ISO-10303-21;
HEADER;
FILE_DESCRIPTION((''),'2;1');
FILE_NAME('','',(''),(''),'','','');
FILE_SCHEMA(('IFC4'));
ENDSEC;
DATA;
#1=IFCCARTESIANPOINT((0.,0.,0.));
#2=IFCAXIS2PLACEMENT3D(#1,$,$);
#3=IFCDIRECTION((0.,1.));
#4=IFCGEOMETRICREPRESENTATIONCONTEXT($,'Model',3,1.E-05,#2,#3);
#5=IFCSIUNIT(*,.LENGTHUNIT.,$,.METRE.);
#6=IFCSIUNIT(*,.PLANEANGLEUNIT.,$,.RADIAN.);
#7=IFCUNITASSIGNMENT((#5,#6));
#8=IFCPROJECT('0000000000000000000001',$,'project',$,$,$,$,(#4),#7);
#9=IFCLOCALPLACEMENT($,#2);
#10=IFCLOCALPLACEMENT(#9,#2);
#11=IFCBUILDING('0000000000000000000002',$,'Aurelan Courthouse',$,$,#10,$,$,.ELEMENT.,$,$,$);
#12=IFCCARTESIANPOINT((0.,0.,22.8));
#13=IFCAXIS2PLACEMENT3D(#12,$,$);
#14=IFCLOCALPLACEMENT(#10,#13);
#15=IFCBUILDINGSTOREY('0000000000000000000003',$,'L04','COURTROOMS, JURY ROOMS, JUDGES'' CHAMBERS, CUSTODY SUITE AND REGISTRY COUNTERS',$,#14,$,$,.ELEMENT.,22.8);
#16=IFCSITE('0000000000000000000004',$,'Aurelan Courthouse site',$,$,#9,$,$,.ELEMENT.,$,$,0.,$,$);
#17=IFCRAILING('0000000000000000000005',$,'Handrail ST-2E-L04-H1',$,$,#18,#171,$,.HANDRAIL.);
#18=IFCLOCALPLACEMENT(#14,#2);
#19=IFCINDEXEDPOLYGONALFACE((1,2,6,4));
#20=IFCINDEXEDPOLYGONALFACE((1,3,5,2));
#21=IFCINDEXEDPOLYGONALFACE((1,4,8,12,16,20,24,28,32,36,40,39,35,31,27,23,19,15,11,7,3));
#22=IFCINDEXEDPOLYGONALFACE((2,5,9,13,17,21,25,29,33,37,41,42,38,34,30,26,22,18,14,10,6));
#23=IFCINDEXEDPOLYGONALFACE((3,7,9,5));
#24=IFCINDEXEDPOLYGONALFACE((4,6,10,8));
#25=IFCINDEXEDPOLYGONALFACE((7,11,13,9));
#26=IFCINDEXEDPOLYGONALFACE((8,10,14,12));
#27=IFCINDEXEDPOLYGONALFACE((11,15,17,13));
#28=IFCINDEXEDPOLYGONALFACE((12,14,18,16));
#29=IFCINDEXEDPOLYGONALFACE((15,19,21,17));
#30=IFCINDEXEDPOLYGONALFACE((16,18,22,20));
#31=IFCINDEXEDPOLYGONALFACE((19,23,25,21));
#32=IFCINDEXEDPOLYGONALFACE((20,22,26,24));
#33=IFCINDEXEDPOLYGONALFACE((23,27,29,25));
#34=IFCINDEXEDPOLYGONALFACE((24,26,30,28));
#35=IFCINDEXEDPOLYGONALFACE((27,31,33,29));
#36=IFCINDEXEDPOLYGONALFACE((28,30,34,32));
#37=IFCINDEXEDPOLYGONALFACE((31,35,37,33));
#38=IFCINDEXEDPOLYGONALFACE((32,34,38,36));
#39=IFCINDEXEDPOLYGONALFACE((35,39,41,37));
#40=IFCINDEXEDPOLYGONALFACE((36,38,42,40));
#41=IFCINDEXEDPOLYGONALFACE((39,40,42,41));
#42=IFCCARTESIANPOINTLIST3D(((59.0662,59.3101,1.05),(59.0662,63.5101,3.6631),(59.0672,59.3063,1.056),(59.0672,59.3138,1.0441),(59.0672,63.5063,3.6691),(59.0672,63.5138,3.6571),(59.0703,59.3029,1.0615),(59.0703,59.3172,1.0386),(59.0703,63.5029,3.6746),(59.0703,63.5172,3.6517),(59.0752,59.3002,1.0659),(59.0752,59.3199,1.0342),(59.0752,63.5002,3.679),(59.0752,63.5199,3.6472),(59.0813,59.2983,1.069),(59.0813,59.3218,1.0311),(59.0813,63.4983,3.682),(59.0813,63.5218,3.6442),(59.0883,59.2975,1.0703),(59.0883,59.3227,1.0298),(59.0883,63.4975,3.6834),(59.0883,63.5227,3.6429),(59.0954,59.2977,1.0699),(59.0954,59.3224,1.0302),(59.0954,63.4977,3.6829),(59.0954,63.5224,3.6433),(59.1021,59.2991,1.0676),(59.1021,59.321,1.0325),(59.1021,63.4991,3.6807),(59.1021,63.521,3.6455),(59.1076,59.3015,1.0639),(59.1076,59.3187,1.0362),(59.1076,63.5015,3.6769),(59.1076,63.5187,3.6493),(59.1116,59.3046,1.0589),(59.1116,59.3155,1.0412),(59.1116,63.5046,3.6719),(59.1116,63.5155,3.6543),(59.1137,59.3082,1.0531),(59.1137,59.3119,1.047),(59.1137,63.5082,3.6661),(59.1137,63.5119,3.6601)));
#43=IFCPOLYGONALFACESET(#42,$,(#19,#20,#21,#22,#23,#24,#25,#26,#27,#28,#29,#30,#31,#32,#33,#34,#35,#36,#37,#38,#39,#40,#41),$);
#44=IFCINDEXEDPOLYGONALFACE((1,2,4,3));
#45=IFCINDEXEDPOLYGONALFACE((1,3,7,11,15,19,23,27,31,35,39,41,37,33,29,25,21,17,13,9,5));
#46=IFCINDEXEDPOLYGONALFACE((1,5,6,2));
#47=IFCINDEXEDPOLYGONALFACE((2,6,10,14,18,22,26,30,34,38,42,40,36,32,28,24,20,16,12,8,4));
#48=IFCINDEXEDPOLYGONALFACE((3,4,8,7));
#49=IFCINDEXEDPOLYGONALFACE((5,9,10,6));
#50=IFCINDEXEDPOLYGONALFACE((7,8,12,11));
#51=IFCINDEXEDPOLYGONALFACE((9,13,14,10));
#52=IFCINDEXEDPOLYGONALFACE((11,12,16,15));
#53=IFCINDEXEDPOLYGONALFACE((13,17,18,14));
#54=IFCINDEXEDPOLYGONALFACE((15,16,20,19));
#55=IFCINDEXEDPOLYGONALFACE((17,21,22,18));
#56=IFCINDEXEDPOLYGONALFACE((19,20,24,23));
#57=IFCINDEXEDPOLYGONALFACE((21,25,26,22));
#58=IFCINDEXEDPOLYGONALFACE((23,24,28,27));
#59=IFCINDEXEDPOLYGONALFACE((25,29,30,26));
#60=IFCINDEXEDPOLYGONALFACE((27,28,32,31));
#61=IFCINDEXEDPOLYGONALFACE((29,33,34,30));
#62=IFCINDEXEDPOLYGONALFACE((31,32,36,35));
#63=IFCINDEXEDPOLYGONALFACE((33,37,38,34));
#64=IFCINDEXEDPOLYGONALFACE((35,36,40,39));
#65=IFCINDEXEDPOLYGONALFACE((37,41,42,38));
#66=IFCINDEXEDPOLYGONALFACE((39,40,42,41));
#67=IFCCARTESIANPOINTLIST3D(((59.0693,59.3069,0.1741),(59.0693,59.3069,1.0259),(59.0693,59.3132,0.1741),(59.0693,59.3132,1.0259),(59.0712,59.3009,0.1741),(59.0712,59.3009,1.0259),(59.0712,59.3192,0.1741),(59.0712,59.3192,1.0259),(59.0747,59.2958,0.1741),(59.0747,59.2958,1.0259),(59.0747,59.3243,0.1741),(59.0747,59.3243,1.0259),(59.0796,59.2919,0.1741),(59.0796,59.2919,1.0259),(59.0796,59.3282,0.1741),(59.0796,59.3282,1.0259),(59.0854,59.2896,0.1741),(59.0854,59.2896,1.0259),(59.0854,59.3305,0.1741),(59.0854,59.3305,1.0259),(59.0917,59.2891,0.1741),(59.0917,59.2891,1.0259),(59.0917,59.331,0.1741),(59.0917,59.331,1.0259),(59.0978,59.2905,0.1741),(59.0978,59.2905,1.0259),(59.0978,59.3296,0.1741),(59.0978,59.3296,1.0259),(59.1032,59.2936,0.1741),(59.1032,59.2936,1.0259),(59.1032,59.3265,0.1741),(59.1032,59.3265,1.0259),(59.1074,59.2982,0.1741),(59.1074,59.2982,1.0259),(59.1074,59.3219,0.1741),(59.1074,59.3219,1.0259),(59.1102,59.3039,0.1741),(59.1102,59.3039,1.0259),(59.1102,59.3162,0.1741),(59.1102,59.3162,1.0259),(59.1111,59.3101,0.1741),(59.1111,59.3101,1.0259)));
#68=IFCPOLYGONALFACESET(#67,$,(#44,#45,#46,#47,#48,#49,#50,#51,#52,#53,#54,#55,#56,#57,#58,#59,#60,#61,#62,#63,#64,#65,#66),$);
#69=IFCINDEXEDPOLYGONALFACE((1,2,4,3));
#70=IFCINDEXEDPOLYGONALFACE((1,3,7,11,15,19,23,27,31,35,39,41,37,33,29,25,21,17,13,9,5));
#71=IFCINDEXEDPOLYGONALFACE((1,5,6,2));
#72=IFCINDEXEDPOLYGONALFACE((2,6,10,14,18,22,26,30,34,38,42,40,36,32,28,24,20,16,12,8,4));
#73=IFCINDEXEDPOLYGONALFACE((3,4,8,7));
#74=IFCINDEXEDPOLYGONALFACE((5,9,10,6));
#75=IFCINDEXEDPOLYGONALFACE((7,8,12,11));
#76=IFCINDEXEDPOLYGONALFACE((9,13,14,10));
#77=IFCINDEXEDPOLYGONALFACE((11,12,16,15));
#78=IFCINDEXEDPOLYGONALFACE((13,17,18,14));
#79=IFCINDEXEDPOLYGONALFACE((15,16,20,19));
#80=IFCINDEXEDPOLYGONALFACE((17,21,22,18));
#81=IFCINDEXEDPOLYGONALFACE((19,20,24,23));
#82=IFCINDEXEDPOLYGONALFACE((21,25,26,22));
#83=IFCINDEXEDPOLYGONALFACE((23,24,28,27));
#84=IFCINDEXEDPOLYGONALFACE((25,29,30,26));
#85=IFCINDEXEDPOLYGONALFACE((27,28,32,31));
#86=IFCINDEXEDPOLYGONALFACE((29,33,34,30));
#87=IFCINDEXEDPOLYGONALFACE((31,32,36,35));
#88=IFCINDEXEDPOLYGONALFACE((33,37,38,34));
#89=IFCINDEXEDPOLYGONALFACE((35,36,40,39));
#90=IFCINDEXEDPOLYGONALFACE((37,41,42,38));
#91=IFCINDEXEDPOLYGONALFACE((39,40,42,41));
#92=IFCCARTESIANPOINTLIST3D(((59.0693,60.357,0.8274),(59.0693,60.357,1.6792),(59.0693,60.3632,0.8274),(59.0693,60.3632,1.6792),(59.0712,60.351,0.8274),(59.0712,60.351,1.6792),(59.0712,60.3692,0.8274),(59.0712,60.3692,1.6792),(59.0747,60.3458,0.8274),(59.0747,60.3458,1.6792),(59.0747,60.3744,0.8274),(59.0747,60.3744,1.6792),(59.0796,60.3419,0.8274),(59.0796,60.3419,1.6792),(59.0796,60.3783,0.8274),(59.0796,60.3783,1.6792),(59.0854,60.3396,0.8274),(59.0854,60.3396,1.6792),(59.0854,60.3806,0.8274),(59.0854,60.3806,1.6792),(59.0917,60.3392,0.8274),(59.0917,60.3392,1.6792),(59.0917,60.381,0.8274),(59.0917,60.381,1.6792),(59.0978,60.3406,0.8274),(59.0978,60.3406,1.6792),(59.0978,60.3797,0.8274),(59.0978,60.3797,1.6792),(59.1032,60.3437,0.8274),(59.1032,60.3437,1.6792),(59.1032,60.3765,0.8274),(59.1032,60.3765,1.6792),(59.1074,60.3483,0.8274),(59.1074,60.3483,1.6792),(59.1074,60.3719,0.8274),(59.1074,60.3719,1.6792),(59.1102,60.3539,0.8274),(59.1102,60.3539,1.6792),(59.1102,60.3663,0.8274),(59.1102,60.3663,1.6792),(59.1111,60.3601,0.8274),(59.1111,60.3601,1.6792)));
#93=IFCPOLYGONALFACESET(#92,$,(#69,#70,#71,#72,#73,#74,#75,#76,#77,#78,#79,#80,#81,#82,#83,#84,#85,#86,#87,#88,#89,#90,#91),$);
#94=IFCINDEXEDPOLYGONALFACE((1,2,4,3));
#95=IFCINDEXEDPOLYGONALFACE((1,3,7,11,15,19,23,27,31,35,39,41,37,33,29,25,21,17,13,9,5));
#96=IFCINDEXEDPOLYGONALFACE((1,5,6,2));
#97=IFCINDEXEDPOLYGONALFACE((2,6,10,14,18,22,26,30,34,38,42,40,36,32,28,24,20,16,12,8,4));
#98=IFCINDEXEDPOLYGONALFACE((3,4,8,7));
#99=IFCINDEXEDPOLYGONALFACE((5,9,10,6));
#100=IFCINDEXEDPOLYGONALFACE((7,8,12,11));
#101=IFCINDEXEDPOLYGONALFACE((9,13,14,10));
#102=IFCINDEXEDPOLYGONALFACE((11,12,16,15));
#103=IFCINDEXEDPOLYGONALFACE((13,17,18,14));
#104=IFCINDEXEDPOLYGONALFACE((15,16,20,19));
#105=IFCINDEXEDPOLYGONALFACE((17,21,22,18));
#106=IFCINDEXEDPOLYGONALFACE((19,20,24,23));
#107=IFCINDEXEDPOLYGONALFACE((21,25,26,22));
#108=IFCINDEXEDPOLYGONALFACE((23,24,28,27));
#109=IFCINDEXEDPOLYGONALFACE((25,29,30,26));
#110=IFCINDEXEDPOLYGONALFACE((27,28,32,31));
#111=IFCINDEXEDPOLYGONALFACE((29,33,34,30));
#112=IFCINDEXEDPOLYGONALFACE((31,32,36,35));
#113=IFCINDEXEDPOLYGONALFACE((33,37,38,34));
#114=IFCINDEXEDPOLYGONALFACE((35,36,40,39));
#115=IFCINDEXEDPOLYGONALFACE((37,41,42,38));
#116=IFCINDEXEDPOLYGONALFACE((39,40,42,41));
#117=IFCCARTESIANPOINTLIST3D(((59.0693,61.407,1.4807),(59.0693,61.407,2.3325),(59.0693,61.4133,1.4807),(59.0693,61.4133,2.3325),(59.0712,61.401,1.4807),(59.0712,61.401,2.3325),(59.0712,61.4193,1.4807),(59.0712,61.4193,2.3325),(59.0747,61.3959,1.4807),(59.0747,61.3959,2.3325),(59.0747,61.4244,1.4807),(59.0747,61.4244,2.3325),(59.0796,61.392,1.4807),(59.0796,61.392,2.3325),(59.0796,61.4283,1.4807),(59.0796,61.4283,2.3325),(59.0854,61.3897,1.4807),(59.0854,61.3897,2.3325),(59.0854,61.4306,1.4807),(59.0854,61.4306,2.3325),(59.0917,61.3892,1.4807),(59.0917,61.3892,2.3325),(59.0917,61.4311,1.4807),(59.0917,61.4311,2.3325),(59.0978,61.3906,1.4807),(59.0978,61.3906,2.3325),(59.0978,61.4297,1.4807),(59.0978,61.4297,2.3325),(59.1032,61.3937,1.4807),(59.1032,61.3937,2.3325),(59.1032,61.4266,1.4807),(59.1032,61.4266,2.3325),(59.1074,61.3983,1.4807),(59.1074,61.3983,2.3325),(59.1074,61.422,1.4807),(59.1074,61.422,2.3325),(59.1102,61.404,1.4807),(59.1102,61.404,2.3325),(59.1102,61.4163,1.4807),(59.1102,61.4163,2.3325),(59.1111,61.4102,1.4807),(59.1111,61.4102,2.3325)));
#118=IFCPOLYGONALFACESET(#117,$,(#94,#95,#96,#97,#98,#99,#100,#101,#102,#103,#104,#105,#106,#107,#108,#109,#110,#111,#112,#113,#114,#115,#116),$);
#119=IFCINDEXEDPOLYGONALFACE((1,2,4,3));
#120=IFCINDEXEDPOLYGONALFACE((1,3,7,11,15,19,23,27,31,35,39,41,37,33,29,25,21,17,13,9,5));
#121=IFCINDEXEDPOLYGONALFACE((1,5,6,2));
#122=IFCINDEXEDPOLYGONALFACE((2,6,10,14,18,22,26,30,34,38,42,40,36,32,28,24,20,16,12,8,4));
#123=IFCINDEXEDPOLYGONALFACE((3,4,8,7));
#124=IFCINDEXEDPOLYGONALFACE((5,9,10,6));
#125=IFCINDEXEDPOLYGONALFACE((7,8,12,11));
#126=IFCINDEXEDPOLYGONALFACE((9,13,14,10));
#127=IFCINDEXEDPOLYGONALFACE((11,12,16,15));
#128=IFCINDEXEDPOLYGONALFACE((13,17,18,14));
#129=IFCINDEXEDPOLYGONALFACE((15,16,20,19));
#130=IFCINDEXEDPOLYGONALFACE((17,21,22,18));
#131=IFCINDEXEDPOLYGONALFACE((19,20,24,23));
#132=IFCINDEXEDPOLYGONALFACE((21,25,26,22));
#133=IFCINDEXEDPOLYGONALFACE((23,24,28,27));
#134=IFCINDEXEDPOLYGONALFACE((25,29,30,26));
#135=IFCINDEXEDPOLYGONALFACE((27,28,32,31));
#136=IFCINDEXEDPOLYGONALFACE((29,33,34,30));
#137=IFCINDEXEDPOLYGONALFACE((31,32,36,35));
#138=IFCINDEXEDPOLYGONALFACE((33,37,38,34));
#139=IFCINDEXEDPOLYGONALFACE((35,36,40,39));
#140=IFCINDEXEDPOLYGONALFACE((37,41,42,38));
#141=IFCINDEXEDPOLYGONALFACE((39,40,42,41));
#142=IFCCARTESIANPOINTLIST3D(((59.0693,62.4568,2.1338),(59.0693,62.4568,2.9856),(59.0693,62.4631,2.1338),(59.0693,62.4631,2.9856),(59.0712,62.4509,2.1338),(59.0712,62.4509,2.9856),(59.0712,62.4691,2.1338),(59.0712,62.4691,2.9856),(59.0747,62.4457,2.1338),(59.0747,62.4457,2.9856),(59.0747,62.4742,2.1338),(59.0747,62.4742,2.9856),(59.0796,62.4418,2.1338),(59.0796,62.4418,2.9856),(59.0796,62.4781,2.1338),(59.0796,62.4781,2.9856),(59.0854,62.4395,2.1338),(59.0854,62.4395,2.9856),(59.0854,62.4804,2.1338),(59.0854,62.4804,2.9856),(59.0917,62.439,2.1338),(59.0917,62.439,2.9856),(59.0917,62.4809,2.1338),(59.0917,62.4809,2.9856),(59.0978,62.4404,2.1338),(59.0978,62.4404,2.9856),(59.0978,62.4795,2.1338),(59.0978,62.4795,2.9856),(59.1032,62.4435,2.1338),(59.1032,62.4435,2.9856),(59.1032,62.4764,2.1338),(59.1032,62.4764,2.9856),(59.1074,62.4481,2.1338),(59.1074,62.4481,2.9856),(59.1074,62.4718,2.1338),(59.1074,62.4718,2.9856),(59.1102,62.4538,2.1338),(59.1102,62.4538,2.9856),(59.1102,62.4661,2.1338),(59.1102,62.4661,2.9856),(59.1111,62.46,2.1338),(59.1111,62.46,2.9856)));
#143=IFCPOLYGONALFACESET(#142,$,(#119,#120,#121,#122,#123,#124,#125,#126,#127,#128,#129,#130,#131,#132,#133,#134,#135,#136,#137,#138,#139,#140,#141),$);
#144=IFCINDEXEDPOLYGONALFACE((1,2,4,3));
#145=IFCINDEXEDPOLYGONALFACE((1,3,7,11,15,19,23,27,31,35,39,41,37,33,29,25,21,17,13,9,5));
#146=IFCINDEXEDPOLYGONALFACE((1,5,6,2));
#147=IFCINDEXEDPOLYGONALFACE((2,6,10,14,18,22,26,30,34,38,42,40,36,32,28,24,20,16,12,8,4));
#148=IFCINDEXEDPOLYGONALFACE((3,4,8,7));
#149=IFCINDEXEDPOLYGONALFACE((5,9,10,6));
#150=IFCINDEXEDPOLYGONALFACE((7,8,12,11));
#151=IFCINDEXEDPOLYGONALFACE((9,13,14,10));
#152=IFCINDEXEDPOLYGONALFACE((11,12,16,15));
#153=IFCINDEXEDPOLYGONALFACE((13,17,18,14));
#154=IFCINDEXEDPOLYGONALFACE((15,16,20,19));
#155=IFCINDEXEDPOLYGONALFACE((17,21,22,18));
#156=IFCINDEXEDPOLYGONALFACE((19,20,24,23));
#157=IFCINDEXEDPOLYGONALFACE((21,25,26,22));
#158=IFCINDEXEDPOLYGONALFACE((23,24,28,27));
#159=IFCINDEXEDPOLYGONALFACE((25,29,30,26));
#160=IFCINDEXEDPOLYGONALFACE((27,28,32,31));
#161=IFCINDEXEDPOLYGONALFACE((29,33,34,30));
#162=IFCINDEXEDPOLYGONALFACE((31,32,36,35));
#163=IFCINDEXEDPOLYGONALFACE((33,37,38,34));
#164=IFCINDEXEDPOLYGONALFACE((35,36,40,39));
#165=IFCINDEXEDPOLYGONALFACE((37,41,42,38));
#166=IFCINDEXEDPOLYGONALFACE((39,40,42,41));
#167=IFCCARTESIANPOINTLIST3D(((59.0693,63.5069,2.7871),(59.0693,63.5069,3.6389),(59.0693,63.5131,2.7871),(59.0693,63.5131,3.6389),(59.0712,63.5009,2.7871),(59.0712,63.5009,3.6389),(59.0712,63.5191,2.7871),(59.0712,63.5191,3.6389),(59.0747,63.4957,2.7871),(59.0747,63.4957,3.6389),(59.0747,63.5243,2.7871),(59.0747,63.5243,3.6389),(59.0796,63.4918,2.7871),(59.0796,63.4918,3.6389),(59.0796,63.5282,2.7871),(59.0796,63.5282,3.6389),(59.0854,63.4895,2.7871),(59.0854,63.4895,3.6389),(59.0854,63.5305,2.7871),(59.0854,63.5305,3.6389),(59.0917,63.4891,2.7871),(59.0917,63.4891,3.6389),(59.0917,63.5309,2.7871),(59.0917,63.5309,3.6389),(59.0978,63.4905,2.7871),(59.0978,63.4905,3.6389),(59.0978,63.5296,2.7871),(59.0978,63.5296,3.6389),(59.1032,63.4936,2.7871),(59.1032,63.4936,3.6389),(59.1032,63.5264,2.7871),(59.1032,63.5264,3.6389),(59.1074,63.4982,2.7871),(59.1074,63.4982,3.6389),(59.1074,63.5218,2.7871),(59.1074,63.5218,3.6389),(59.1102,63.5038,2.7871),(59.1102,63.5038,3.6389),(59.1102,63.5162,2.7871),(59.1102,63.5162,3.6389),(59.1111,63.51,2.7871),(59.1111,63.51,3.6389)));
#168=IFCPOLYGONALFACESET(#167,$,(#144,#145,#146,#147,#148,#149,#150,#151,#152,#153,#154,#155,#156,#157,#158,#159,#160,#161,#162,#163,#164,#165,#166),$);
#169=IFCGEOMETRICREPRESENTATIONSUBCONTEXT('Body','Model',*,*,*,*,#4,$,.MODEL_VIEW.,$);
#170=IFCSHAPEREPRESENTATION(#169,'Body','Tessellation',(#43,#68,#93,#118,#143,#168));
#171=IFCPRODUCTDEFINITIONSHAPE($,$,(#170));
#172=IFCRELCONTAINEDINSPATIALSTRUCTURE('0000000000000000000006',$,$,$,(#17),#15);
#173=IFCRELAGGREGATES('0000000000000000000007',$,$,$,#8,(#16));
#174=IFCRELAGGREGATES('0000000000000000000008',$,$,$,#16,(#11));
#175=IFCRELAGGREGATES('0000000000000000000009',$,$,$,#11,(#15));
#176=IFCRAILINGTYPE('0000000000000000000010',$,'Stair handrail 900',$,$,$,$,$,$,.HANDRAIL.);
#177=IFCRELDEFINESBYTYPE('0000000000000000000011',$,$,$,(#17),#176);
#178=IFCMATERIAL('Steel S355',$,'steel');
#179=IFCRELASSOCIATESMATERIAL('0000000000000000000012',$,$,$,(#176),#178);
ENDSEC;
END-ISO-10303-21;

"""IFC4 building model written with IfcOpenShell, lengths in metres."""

from ifc_helpers import new_model, si_unit, direction, frame, origin, origin_2d, place, context, subcontext, project, spatial, circle, extrude, material, type_object, element, save


model = new_model("IFC4")

# Units and contexts
model_context = context("Model", 3, precision=1e-05, world=origin(), true_north=direction((0.0, 1.0)))
body_context = subcontext(model_context, "Body", "Model", "MODEL_VIEW")
ifc_project = project(units=[si_unit("LENGTHUNIT", "METRE"), si_unit("PLANEANGLEUNIT", "RADIAN")], contexts=[model_context])

# Site, building, storey
site_placement = place(None, origin())
site = spatial("IfcSite", under=ifc_project, at=site_placement, Name="Aurelan Courthouse site", CompositionType="ELEMENT", RefElevation=0.0)
building_placement = place(site_placement, origin())
building = spatial("IfcBuilding", under=site, at=building_placement, Name="Aurelan Courthouse", CompositionType="ELEMENT")
storey_placement = place(building_placement, frame((0.0, 0.0, 22.8)))
storey = spatial("IfcBuildingStorey", under=building, at=storey_placement, Name="L04", Description="COURTROOMS, JURY ROOMS, JUDGES' CHAMBERS, CUSTODY SUITE AND REGISTRY COUNTERS", CompositionType="ELEMENT", Elevation=22.8)

# Railing
ifc_material_1 = material(Name="Steel S355", Category="steel")
railing_type_1 = type_object("IfcRailingType", Name="Stair handrail 900", PredefinedType="HANDRAIL", material=ifc_material_1)
for number, where, name in (
    (1, (59.0901, 59.3101, 0.1741), "Handrail ST-2E-L04-H1"),
):
    element("IfcRailing", number, at=place(storey_placement, frame(where)), inside=storey, type_object=railing_type_1, Name=name, PredefinedType="HANDRAIL", context=body_context, shape_type="SweptSolid", body=[
        extrude(circle(Radius=0.0239, at=origin_2d()), frame((0.0, 0.0, 0.876), z_axis=(0.0, 0.849081, 0.528263), x_axis=(-1.0, 0.0, 0.0)), (0.0, 0.0, 1.0), 4.9465),
        extrude(circle(Radius=0.021, at=origin_2d()), origin(), (0.0, 0.0, 1.0), 0.8518),
        extrude(circle(Radius=0.021, at=origin_2d()), frame((0.0, 1.05, 0.6533)), (0.0, 0.0, 1.0), 0.8518),
        extrude(circle(Radius=0.021, at=origin_2d()), frame((0.0, 2.1001, 1.3066)), (0.0, 0.0, 1.0), 0.8518),
        extrude(circle(Radius=0.021, at=origin_2d()), frame((0.0, 3.1499, 1.9597)), (0.0, 0.0, 1.0), 0.8518),
        extrude(circle(Radius=0.021, at=origin_2d()), frame((0.0, 4.2, 2.613)), (0.0, 0.0, 1.0), 0.8518),
    ])

save(model, "model.ifc")
